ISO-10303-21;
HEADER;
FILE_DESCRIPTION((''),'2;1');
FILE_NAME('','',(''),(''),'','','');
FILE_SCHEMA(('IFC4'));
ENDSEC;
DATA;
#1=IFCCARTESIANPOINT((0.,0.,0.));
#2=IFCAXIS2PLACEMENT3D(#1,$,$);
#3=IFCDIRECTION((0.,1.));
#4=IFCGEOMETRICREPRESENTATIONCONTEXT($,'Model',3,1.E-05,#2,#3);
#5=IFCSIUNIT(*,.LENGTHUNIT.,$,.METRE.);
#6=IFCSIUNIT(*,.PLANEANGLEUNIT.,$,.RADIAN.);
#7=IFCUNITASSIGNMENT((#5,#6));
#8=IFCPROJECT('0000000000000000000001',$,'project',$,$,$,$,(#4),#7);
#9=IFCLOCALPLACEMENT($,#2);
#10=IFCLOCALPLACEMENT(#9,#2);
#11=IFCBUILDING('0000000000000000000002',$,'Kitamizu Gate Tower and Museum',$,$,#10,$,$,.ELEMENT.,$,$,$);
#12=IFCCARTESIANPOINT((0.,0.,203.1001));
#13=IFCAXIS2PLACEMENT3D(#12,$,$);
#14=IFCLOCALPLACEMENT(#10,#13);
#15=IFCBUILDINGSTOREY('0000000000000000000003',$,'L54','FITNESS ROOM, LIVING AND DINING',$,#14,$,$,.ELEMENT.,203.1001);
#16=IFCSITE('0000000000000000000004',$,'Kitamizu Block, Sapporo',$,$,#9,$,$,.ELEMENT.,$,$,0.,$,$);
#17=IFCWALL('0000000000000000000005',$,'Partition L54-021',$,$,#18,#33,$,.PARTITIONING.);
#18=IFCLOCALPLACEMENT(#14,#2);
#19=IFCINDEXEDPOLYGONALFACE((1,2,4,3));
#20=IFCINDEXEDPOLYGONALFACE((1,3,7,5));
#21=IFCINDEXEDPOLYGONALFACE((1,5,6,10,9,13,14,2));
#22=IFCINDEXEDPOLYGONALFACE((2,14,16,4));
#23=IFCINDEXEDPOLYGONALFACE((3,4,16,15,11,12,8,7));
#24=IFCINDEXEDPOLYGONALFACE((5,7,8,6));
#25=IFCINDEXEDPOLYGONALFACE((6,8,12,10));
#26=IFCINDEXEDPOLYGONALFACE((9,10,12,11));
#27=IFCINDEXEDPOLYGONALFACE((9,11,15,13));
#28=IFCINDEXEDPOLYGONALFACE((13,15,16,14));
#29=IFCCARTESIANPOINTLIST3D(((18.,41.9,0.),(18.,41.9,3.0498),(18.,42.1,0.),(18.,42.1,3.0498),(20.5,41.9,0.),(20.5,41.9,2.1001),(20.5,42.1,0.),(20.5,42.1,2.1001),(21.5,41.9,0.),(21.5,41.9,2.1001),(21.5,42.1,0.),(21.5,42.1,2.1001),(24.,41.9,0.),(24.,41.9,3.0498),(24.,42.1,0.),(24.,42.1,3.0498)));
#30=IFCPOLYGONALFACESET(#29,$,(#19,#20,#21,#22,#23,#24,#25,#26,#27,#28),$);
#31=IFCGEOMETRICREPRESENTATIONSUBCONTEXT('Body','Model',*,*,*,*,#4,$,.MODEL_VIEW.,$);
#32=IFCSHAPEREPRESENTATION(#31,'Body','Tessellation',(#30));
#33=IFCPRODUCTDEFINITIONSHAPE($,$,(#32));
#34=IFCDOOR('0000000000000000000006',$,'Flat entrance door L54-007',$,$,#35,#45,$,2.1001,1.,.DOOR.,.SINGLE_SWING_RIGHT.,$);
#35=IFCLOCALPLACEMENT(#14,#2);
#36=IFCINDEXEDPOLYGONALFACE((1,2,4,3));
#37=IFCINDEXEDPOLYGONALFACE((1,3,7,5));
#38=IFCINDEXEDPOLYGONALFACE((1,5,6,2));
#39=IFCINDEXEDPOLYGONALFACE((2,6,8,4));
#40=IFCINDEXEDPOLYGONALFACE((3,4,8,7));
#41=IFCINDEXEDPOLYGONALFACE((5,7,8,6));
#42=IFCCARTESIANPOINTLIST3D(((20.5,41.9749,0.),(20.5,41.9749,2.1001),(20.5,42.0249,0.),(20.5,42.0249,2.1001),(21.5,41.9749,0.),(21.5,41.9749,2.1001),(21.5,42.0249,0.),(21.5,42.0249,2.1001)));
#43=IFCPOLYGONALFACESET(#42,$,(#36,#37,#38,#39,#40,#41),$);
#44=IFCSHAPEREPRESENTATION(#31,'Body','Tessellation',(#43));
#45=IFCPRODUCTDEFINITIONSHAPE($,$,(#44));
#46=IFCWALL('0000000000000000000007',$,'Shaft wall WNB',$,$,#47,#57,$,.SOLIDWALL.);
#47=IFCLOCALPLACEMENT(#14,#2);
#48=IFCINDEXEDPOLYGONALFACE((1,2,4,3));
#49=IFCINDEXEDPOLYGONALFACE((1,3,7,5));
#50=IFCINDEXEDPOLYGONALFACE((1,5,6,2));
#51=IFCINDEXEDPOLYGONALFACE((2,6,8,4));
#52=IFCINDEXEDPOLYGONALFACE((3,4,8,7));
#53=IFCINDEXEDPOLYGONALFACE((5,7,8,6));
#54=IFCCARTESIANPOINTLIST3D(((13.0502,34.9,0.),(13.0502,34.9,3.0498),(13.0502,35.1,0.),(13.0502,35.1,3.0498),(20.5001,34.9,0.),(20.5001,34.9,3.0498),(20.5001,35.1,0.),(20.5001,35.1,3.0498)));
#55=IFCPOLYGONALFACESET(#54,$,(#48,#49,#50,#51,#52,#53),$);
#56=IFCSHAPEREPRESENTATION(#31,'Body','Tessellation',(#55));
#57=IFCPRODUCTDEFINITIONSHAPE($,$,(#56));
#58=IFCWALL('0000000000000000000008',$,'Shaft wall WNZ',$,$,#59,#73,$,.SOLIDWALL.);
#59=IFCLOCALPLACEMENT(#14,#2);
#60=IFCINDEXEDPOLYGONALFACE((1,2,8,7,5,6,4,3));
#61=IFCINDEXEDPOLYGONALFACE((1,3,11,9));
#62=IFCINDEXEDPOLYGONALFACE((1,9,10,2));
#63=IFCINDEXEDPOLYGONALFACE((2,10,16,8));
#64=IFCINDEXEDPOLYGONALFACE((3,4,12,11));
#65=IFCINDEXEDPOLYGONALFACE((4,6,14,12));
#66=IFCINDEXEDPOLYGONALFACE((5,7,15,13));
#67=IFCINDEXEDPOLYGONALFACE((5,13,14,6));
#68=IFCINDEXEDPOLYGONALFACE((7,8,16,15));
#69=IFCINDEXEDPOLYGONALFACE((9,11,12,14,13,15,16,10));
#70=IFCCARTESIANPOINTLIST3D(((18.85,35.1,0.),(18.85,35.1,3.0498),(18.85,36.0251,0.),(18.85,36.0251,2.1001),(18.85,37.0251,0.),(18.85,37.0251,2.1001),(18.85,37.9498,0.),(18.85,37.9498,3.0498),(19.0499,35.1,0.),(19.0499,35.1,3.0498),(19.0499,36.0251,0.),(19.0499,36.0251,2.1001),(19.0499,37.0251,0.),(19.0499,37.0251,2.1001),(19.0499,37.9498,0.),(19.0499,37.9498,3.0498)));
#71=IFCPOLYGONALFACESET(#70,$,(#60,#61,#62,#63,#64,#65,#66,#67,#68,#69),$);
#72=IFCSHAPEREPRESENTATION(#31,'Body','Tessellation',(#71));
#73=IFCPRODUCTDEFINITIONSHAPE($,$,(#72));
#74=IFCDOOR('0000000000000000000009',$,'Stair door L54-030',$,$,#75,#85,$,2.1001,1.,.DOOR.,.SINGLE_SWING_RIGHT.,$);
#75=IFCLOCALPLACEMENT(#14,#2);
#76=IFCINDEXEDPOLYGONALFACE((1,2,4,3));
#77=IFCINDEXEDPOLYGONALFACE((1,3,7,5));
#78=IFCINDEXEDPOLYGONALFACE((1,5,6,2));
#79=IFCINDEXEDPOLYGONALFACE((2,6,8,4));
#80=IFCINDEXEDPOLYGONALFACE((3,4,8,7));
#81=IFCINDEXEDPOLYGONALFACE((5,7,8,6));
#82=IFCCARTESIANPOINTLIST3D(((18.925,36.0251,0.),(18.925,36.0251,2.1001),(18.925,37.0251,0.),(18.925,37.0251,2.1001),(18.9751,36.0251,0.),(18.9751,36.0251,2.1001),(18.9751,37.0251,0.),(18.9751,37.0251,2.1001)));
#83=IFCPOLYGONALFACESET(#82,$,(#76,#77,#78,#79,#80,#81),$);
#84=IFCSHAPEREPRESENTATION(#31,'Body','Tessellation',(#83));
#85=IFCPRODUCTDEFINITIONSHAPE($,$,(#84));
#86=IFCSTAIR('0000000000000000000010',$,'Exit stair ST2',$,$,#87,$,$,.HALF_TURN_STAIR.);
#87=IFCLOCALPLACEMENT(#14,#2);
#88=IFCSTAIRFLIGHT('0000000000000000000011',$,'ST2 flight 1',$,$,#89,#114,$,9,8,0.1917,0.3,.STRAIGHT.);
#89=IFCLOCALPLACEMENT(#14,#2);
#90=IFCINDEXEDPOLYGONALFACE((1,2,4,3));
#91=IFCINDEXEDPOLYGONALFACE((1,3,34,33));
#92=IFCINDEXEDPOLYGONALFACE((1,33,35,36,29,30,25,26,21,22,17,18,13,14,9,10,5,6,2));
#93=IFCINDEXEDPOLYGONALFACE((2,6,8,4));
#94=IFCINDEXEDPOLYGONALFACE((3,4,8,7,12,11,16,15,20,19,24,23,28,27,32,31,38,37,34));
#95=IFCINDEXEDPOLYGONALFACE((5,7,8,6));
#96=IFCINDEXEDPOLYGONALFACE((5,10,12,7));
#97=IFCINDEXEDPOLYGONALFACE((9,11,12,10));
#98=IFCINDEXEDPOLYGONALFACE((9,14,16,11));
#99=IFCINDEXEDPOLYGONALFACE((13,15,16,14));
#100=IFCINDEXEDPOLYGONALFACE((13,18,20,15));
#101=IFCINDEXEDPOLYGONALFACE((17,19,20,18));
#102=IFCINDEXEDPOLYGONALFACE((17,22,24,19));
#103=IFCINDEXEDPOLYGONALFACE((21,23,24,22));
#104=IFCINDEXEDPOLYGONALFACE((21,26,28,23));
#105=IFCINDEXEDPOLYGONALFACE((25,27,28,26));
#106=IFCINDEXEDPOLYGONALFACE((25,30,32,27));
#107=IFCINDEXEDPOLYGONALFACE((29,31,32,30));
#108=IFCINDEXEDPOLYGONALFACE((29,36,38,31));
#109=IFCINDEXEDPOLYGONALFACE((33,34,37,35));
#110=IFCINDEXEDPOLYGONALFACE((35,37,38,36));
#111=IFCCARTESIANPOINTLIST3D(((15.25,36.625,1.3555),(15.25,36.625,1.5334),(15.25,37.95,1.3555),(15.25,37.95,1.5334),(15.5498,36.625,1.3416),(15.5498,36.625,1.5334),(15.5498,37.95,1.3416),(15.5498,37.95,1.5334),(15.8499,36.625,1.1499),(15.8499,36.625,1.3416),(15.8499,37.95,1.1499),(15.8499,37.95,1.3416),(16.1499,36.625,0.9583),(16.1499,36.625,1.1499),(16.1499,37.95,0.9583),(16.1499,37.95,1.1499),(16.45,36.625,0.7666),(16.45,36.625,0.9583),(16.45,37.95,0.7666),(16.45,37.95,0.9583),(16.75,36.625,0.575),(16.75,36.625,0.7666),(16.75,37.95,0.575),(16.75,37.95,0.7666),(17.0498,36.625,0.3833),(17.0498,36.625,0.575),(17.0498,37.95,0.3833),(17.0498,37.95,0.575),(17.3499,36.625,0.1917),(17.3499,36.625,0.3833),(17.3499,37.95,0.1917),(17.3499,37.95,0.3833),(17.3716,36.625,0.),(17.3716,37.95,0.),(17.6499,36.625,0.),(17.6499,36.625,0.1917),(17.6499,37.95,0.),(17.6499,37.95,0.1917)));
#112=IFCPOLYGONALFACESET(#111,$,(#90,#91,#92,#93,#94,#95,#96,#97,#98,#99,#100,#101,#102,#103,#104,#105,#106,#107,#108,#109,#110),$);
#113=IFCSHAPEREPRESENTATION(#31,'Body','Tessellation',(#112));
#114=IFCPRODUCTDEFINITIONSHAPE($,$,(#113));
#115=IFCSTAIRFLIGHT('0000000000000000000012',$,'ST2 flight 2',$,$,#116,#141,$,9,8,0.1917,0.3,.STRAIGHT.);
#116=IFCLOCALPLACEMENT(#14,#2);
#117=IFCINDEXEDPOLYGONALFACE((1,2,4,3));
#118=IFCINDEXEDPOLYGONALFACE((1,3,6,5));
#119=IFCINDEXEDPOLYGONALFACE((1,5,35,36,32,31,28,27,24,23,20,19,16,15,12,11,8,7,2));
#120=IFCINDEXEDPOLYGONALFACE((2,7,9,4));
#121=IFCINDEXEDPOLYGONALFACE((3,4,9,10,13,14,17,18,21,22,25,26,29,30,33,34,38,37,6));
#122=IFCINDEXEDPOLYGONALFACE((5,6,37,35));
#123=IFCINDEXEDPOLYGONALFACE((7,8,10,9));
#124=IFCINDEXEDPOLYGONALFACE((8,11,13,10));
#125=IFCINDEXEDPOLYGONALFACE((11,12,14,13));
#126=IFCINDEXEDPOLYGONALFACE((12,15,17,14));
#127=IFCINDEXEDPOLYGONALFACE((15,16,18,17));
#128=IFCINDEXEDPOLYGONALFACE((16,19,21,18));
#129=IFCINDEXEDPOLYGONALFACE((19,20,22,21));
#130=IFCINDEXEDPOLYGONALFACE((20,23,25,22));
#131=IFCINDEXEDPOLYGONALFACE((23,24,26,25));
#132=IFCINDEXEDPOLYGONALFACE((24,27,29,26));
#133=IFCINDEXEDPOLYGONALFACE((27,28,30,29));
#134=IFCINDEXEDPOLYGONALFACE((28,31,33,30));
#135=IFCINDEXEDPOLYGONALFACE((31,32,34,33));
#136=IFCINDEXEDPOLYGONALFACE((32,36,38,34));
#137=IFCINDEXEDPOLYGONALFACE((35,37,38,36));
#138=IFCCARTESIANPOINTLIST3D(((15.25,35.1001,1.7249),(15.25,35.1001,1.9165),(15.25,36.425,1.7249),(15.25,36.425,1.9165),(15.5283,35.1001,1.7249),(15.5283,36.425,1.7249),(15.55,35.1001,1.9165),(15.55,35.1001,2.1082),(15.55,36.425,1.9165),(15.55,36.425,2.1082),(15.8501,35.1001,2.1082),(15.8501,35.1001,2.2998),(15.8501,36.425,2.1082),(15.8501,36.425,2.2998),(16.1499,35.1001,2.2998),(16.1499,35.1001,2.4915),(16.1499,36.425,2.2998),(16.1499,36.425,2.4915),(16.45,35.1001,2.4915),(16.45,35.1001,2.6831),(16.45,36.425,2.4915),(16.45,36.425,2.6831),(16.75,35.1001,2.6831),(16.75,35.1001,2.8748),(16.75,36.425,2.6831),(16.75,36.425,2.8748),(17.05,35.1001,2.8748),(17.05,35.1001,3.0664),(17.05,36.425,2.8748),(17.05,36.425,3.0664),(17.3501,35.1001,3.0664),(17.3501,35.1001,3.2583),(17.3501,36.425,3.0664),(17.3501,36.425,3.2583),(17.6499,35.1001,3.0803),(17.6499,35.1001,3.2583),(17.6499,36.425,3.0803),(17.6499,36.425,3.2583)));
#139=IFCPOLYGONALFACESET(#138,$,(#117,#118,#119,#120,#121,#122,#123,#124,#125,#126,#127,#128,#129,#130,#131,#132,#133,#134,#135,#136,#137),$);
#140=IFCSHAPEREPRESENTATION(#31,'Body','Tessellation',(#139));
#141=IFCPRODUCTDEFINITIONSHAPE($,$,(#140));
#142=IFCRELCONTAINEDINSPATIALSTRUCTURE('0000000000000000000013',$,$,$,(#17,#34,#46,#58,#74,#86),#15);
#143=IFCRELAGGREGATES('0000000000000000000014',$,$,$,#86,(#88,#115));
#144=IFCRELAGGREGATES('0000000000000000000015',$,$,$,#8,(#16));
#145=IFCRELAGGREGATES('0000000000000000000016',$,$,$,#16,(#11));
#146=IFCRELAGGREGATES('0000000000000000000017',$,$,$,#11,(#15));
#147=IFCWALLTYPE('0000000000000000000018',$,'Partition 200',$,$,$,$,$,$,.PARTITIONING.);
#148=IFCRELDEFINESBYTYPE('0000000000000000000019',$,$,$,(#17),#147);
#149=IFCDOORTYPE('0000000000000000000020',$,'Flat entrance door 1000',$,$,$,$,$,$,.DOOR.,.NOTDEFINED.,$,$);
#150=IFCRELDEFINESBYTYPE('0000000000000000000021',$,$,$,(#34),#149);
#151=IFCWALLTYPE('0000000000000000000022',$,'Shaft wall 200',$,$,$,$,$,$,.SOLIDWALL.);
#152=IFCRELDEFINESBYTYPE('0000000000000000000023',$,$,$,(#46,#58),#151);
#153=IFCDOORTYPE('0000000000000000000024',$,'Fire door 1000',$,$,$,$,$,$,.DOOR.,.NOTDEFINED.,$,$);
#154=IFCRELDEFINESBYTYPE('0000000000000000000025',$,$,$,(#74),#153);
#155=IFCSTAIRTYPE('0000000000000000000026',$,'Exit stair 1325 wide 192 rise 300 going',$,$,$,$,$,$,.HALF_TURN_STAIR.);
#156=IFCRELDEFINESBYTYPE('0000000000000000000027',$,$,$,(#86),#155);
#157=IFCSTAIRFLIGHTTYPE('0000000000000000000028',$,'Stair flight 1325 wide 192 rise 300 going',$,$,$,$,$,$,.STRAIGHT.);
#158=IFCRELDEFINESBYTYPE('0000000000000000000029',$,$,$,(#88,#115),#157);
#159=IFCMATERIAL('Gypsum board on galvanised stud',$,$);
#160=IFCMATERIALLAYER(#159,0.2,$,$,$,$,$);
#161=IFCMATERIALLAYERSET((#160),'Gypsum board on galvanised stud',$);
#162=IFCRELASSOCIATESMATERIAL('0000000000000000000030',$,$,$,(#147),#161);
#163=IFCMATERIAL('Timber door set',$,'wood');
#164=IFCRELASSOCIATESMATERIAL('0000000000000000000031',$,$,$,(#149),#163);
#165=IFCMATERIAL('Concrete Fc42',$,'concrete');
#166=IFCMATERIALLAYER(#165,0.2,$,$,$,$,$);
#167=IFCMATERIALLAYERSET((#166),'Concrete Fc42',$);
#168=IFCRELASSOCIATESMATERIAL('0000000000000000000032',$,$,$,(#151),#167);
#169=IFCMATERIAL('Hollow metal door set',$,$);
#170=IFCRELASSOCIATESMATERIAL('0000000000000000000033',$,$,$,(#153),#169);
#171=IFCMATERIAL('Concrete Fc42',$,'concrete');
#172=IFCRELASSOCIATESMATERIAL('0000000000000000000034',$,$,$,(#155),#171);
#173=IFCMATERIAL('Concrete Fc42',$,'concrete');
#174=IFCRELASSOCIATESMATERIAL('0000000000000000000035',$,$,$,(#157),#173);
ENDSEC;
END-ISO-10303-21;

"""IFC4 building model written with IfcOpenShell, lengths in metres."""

from ifc_helpers import new_model, si_unit, direction, frame, frame_2d, origin, place, context, subcontext, project, spatial, polyline, rectangle, outline, extrude, material, layer, layer_set, type_object, element, fill, aggregate, save


model = new_model("IFC4")

# Units and contexts
model_context = context("Model", 3, precision=1e-05, world=origin(), true_north=direction((0.0, 1.0)))
body_context = subcontext(model_context, "Body", "Model", "MODEL_VIEW")
ifc_project = project(units=[si_unit("LENGTHUNIT", "METRE"), si_unit("PLANEANGLEUNIT", "RADIAN")], contexts=[model_context])

# Site, building, storey
site_placement = place(None, origin())
site = spatial("IfcSite", under=ifc_project, at=site_placement, Name="Kitamizu Block, Sapporo", CompositionType="ELEMENT", RefElevation=0.0)
building_placement = place(site_placement, origin())
building = spatial("IfcBuilding", under=site, at=building_placement, Name="Kitamizu Gate Tower and Museum", CompositionType="ELEMENT")
storey_placement = place(building_placement, frame((0.0, 0.0, 203.1001)))
storey = spatial("IfcBuildingStorey", under=building, at=storey_placement, Name="L54", Description="FITNESS ROOM, LIVING AND DINING", CompositionType="ELEMENT", Elevation=203.1001)

# Wall, opening, door
ifc_material_1 = material(Name="Gypsum board on galvanised stud")
ifc_layer_1 = layer(ifc_material_1, 0.2)
ifc_layer_set_1 = layer_set([ifc_layer_1], Name="Gypsum board on galvanised stud")
wall_type_1 = type_object("IfcWallType", Name="Partition 200", PredefinedType="PARTITIONING", material=ifc_layer_set_1)
wall_1_placement = place(storey_placement, frame((18.0, 42.0, 0.0), z_axis=(0.0, 0.0, 1.0), x_axis=(1.0, 0.0, 0.0)))
wall_1 = element("IfcWall", 1, at=wall_1_placement, inside=storey, type_object=wall_type_1, Name="Partition L54-021", PredefinedType="PARTITIONING", context=body_context, shape_type="SweptSolid", body=[
    extrude(rectangle(XDim=6.0, YDim=0.2, at=frame_2d((3.0, 0.0))), origin(), (0.0, 0.0, 1.0), 3.0498),
])
opening_1_placement = place(wall_1_placement, frame((2.5, 0.0, 0.0)))
opening_1 = element("IfcOpeningElement", 2, at=opening_1_placement, cuts=wall_1, PredefinedType="OPENING", context=body_context, shape_type="SweptSolid", body=[
    extrude(rectangle(XDim=1.0, YDim=2.1001, at=frame_2d((0.5, 1.05))), frame((0.0, 0.1099, 0.0), z_axis=(0.0, -1.0, 0.0), x_axis=(1.0, 0.0, 0.0)), (0.0, 0.0, 1.0), 0.22),
])
ifc_material_2 = material(Name="Timber door set", Category="wood")
door_type_1 = type_object("IfcDoorType", Name="Flat entrance door 1000", OperationType="NOTDEFINED", PredefinedType="DOOR", material=ifc_material_2)
door_1_placement = place(opening_1_placement, origin())
door_1 = element("IfcDoor", 3, at=door_1_placement, inside=storey, type_object=door_type_1, Name="Flat entrance door L54-007", OperationType="SINGLE_SWING_RIGHT", OverallHeight=2.1001, OverallWidth=1.0, PredefinedType="DOOR", context=body_context, shape_type="SweptSolid", body=[
    extrude(rectangle(XDim=1.0, YDim=2.1001, at=frame_2d((0.5, 1.05))), frame((0.0, 0.0249, 0.0), z_axis=(0.0, -1.0, 0.0), x_axis=(1.0, 0.0, 0.0)), (0.0, 0.0, 1.0), 0.05),
])
fill(opening_1, door_1)

# Wall
ifc_material_3 = material(Name="Concrete Fc42", Category="concrete")
ifc_layer_2 = layer(ifc_material_3, 0.2)
ifc_layer_set_2 = layer_set([ifc_layer_2], Name="Concrete Fc42")
wall_type_2 = type_object("IfcWallType", Name="Shaft wall 200", PredefinedType="SOLIDWALL", material=ifc_layer_set_2)
wall_2_placement = place(storey_placement, frame((13.05, 35.0, 0.0), z_axis=(0.0, 0.0, 1.0), x_axis=(1.0, 0.0, 0.0)))
element("IfcWall", 4, at=wall_2_placement, inside=storey, type_object=wall_type_2, Name="Shaft wall WNB", PredefinedType="SOLIDWALL", context=body_context, shape_type="SweptSolid", body=[
    extrude(rectangle(XDim=7.45, YDim=0.2, at=frame_2d((3.7251, 0.0))), origin(), (0.0, 0.0, 1.0), 3.0498),
])

# Wall, opening, door
wall_3_placement = place(storey_placement, frame((18.95, 35.1001, 0.0), z_axis=(0.0, 0.0, 1.0), x_axis=(0.0, 1.0, 0.0)))
wall_3 = element("IfcWall", 5, at=wall_3_placement, inside=storey, type_object=wall_type_2, Name="Shaft wall WNZ", PredefinedType="SOLIDWALL", context=body_context, shape_type="SweptSolid", body=[
    extrude(rectangle(XDim=2.8499, YDim=0.2, at=frame_2d((1.4248, 0.0))), origin(), (0.0, 0.0, 1.0), 3.0498),
])
opening_2_placement = place(wall_3_placement, frame((0.925, 0.0, 0.0)))
opening_2 = element("IfcOpeningElement", 6, at=opening_2_placement, cuts=wall_3, PredefinedType="OPENING", context=body_context, shape_type="SweptSolid", body=[
    extrude(rectangle(XDim=1.0, YDim=2.1001, at=frame_2d((0.5, 1.05))), frame((0.0, 0.1099, 0.0), z_axis=(0.0, -1.0, 0.0), x_axis=(1.0, 0.0, 0.0)), (0.0, 0.0, 1.0), 0.22),
])
ifc_material_4 = material(Name="Hollow metal door set")
door_type_2 = type_object("IfcDoorType", Name="Fire door 1000", OperationType="NOTDEFINED", PredefinedType="DOOR", material=ifc_material_4)
door_2_placement = place(opening_2_placement, origin())
door_2 = element("IfcDoor", 7, at=door_2_placement, inside=storey, type_object=door_type_2, Name="Stair door L54-030", OperationType="SINGLE_SWING_RIGHT", OverallHeight=2.1001, OverallWidth=1.0, PredefinedType="DOOR", context=body_context, shape_type="SweptSolid", body=[
    extrude(rectangle(XDim=1.0, YDim=2.1001, at=frame_2d((0.5, 1.05))), frame((0.0, 0.0249, 0.0), z_axis=(0.0, -1.0, 0.0), x_axis=(1.0, 0.0, 0.0)), (0.0, 0.0, 1.0), 0.05),
])
fill(opening_2, door_2)

# Stair, stair flights
ifc_material_5 = material(Name="Concrete Fc42", Category="concrete")
stair_type = type_object("IfcStairType", Name="Exit stair 1325 wide 192 rise 300 going", PredefinedType="HALF_TURN_STAIR", material=ifc_material_5)
stair_placement = place(storey_placement, origin())
stair = element("IfcStair", 8, at=stair_placement, inside=storey, type_object=stair_type, Name="Exit stair ST2", PredefinedType="HALF_TURN_STAIR")
ifc_material_6 = material(Name="Concrete Fc42", Category="concrete")
stair_flight_type = type_object("IfcStairFlightType", Name="Stair flight 1325 wide 192 rise 300 going", PredefinedType="STRAIGHT", material=ifc_material_6)
stair_flight_1_placement = place(storey_placement, frame((17.6499, 37.2876, 0.0), z_axis=(0.0, 0.0, 1.0), x_axis=(-1.0, 0.0, 0.0)))
stair_flight_1 = element("IfcStairFlight", 9, at=stair_flight_1_placement, type_object=stair_flight_type, Name="ST2 flight 1", NumberOfRisers=9, NumberOfTreads=8, PredefinedType="STRAIGHT", RiserHeight=0.1917, TreadLength=0.3, context=body_context, shape_type="SweptSolid", body=[
    extrude(outline(polyline([(0.0, 0.0), (0.0, 0.1917), (0.3, 0.1917), (0.3, 0.3833), (0.6001, 0.3833), (0.6001, 0.575), (0.8999, 0.575), (0.8999, 0.7666), (1.2, 0.7666), (1.2, 0.9583), (1.5, 0.9583), (1.5, 1.1499), (1.8, 1.1499), (1.8, 1.3416), (2.1001, 1.3416), (2.1001, 1.5334), (2.3999, 1.5334), (2.3999, 1.7251), (2.3999, 1.3555), (0.2783, 0.0), (0.0, 0.0)])), frame((0.0, 0.6626, 0.0), z_axis=(0.0, -1.0, 0.0), x_axis=(1.0, 0.0, 0.0)), (0.0, 0.0, 1.0), 1.325),
])
stair_flight_2_placement = place(storey_placement, frame((15.25, 35.7625, 1.7249), z_axis=(0.0, 0.0, 1.0), x_axis=(1.0, 0.0, 0.0)))
stair_flight_2 = element("IfcStairFlight", 10, at=stair_flight_2_placement, type_object=stair_flight_type, Name="ST2 flight 2", NumberOfRisers=9, NumberOfTreads=8, PredefinedType="STRAIGHT", RiserHeight=0.1917, TreadLength=0.3, context=body_context, shape_type="SweptSolid", body=[
    extrude(outline(polyline([(0.0, 0.0), (0.0, 0.1917), (0.3, 0.1917), (0.3, 0.3833), (0.6001, 0.3833), (0.6001, 0.575), (0.8999, 0.575), (0.8999, 0.7666), (1.2, 0.7666), (1.2, 0.9583), (1.5, 0.9583), (1.5, 1.1499), (1.8, 1.1499), (1.8, 1.3416), (2.1001, 1.3416), (2.1001, 1.5334), (2.3999, 1.5334), (2.3999, 1.7251), (2.3999, 1.3555), (0.2783, 0.0), (0.0, 0.0)])), frame((0.0, 0.6626, 0.0), z_axis=(0.0, -1.0, 0.0), x_axis=(1.0, 0.0, 0.0)), (0.0, 0.0, 1.0), 1.325),
])
aggregate(stair, [stair_flight_1, stair_flight_2])

save(model, "model.ifc")
